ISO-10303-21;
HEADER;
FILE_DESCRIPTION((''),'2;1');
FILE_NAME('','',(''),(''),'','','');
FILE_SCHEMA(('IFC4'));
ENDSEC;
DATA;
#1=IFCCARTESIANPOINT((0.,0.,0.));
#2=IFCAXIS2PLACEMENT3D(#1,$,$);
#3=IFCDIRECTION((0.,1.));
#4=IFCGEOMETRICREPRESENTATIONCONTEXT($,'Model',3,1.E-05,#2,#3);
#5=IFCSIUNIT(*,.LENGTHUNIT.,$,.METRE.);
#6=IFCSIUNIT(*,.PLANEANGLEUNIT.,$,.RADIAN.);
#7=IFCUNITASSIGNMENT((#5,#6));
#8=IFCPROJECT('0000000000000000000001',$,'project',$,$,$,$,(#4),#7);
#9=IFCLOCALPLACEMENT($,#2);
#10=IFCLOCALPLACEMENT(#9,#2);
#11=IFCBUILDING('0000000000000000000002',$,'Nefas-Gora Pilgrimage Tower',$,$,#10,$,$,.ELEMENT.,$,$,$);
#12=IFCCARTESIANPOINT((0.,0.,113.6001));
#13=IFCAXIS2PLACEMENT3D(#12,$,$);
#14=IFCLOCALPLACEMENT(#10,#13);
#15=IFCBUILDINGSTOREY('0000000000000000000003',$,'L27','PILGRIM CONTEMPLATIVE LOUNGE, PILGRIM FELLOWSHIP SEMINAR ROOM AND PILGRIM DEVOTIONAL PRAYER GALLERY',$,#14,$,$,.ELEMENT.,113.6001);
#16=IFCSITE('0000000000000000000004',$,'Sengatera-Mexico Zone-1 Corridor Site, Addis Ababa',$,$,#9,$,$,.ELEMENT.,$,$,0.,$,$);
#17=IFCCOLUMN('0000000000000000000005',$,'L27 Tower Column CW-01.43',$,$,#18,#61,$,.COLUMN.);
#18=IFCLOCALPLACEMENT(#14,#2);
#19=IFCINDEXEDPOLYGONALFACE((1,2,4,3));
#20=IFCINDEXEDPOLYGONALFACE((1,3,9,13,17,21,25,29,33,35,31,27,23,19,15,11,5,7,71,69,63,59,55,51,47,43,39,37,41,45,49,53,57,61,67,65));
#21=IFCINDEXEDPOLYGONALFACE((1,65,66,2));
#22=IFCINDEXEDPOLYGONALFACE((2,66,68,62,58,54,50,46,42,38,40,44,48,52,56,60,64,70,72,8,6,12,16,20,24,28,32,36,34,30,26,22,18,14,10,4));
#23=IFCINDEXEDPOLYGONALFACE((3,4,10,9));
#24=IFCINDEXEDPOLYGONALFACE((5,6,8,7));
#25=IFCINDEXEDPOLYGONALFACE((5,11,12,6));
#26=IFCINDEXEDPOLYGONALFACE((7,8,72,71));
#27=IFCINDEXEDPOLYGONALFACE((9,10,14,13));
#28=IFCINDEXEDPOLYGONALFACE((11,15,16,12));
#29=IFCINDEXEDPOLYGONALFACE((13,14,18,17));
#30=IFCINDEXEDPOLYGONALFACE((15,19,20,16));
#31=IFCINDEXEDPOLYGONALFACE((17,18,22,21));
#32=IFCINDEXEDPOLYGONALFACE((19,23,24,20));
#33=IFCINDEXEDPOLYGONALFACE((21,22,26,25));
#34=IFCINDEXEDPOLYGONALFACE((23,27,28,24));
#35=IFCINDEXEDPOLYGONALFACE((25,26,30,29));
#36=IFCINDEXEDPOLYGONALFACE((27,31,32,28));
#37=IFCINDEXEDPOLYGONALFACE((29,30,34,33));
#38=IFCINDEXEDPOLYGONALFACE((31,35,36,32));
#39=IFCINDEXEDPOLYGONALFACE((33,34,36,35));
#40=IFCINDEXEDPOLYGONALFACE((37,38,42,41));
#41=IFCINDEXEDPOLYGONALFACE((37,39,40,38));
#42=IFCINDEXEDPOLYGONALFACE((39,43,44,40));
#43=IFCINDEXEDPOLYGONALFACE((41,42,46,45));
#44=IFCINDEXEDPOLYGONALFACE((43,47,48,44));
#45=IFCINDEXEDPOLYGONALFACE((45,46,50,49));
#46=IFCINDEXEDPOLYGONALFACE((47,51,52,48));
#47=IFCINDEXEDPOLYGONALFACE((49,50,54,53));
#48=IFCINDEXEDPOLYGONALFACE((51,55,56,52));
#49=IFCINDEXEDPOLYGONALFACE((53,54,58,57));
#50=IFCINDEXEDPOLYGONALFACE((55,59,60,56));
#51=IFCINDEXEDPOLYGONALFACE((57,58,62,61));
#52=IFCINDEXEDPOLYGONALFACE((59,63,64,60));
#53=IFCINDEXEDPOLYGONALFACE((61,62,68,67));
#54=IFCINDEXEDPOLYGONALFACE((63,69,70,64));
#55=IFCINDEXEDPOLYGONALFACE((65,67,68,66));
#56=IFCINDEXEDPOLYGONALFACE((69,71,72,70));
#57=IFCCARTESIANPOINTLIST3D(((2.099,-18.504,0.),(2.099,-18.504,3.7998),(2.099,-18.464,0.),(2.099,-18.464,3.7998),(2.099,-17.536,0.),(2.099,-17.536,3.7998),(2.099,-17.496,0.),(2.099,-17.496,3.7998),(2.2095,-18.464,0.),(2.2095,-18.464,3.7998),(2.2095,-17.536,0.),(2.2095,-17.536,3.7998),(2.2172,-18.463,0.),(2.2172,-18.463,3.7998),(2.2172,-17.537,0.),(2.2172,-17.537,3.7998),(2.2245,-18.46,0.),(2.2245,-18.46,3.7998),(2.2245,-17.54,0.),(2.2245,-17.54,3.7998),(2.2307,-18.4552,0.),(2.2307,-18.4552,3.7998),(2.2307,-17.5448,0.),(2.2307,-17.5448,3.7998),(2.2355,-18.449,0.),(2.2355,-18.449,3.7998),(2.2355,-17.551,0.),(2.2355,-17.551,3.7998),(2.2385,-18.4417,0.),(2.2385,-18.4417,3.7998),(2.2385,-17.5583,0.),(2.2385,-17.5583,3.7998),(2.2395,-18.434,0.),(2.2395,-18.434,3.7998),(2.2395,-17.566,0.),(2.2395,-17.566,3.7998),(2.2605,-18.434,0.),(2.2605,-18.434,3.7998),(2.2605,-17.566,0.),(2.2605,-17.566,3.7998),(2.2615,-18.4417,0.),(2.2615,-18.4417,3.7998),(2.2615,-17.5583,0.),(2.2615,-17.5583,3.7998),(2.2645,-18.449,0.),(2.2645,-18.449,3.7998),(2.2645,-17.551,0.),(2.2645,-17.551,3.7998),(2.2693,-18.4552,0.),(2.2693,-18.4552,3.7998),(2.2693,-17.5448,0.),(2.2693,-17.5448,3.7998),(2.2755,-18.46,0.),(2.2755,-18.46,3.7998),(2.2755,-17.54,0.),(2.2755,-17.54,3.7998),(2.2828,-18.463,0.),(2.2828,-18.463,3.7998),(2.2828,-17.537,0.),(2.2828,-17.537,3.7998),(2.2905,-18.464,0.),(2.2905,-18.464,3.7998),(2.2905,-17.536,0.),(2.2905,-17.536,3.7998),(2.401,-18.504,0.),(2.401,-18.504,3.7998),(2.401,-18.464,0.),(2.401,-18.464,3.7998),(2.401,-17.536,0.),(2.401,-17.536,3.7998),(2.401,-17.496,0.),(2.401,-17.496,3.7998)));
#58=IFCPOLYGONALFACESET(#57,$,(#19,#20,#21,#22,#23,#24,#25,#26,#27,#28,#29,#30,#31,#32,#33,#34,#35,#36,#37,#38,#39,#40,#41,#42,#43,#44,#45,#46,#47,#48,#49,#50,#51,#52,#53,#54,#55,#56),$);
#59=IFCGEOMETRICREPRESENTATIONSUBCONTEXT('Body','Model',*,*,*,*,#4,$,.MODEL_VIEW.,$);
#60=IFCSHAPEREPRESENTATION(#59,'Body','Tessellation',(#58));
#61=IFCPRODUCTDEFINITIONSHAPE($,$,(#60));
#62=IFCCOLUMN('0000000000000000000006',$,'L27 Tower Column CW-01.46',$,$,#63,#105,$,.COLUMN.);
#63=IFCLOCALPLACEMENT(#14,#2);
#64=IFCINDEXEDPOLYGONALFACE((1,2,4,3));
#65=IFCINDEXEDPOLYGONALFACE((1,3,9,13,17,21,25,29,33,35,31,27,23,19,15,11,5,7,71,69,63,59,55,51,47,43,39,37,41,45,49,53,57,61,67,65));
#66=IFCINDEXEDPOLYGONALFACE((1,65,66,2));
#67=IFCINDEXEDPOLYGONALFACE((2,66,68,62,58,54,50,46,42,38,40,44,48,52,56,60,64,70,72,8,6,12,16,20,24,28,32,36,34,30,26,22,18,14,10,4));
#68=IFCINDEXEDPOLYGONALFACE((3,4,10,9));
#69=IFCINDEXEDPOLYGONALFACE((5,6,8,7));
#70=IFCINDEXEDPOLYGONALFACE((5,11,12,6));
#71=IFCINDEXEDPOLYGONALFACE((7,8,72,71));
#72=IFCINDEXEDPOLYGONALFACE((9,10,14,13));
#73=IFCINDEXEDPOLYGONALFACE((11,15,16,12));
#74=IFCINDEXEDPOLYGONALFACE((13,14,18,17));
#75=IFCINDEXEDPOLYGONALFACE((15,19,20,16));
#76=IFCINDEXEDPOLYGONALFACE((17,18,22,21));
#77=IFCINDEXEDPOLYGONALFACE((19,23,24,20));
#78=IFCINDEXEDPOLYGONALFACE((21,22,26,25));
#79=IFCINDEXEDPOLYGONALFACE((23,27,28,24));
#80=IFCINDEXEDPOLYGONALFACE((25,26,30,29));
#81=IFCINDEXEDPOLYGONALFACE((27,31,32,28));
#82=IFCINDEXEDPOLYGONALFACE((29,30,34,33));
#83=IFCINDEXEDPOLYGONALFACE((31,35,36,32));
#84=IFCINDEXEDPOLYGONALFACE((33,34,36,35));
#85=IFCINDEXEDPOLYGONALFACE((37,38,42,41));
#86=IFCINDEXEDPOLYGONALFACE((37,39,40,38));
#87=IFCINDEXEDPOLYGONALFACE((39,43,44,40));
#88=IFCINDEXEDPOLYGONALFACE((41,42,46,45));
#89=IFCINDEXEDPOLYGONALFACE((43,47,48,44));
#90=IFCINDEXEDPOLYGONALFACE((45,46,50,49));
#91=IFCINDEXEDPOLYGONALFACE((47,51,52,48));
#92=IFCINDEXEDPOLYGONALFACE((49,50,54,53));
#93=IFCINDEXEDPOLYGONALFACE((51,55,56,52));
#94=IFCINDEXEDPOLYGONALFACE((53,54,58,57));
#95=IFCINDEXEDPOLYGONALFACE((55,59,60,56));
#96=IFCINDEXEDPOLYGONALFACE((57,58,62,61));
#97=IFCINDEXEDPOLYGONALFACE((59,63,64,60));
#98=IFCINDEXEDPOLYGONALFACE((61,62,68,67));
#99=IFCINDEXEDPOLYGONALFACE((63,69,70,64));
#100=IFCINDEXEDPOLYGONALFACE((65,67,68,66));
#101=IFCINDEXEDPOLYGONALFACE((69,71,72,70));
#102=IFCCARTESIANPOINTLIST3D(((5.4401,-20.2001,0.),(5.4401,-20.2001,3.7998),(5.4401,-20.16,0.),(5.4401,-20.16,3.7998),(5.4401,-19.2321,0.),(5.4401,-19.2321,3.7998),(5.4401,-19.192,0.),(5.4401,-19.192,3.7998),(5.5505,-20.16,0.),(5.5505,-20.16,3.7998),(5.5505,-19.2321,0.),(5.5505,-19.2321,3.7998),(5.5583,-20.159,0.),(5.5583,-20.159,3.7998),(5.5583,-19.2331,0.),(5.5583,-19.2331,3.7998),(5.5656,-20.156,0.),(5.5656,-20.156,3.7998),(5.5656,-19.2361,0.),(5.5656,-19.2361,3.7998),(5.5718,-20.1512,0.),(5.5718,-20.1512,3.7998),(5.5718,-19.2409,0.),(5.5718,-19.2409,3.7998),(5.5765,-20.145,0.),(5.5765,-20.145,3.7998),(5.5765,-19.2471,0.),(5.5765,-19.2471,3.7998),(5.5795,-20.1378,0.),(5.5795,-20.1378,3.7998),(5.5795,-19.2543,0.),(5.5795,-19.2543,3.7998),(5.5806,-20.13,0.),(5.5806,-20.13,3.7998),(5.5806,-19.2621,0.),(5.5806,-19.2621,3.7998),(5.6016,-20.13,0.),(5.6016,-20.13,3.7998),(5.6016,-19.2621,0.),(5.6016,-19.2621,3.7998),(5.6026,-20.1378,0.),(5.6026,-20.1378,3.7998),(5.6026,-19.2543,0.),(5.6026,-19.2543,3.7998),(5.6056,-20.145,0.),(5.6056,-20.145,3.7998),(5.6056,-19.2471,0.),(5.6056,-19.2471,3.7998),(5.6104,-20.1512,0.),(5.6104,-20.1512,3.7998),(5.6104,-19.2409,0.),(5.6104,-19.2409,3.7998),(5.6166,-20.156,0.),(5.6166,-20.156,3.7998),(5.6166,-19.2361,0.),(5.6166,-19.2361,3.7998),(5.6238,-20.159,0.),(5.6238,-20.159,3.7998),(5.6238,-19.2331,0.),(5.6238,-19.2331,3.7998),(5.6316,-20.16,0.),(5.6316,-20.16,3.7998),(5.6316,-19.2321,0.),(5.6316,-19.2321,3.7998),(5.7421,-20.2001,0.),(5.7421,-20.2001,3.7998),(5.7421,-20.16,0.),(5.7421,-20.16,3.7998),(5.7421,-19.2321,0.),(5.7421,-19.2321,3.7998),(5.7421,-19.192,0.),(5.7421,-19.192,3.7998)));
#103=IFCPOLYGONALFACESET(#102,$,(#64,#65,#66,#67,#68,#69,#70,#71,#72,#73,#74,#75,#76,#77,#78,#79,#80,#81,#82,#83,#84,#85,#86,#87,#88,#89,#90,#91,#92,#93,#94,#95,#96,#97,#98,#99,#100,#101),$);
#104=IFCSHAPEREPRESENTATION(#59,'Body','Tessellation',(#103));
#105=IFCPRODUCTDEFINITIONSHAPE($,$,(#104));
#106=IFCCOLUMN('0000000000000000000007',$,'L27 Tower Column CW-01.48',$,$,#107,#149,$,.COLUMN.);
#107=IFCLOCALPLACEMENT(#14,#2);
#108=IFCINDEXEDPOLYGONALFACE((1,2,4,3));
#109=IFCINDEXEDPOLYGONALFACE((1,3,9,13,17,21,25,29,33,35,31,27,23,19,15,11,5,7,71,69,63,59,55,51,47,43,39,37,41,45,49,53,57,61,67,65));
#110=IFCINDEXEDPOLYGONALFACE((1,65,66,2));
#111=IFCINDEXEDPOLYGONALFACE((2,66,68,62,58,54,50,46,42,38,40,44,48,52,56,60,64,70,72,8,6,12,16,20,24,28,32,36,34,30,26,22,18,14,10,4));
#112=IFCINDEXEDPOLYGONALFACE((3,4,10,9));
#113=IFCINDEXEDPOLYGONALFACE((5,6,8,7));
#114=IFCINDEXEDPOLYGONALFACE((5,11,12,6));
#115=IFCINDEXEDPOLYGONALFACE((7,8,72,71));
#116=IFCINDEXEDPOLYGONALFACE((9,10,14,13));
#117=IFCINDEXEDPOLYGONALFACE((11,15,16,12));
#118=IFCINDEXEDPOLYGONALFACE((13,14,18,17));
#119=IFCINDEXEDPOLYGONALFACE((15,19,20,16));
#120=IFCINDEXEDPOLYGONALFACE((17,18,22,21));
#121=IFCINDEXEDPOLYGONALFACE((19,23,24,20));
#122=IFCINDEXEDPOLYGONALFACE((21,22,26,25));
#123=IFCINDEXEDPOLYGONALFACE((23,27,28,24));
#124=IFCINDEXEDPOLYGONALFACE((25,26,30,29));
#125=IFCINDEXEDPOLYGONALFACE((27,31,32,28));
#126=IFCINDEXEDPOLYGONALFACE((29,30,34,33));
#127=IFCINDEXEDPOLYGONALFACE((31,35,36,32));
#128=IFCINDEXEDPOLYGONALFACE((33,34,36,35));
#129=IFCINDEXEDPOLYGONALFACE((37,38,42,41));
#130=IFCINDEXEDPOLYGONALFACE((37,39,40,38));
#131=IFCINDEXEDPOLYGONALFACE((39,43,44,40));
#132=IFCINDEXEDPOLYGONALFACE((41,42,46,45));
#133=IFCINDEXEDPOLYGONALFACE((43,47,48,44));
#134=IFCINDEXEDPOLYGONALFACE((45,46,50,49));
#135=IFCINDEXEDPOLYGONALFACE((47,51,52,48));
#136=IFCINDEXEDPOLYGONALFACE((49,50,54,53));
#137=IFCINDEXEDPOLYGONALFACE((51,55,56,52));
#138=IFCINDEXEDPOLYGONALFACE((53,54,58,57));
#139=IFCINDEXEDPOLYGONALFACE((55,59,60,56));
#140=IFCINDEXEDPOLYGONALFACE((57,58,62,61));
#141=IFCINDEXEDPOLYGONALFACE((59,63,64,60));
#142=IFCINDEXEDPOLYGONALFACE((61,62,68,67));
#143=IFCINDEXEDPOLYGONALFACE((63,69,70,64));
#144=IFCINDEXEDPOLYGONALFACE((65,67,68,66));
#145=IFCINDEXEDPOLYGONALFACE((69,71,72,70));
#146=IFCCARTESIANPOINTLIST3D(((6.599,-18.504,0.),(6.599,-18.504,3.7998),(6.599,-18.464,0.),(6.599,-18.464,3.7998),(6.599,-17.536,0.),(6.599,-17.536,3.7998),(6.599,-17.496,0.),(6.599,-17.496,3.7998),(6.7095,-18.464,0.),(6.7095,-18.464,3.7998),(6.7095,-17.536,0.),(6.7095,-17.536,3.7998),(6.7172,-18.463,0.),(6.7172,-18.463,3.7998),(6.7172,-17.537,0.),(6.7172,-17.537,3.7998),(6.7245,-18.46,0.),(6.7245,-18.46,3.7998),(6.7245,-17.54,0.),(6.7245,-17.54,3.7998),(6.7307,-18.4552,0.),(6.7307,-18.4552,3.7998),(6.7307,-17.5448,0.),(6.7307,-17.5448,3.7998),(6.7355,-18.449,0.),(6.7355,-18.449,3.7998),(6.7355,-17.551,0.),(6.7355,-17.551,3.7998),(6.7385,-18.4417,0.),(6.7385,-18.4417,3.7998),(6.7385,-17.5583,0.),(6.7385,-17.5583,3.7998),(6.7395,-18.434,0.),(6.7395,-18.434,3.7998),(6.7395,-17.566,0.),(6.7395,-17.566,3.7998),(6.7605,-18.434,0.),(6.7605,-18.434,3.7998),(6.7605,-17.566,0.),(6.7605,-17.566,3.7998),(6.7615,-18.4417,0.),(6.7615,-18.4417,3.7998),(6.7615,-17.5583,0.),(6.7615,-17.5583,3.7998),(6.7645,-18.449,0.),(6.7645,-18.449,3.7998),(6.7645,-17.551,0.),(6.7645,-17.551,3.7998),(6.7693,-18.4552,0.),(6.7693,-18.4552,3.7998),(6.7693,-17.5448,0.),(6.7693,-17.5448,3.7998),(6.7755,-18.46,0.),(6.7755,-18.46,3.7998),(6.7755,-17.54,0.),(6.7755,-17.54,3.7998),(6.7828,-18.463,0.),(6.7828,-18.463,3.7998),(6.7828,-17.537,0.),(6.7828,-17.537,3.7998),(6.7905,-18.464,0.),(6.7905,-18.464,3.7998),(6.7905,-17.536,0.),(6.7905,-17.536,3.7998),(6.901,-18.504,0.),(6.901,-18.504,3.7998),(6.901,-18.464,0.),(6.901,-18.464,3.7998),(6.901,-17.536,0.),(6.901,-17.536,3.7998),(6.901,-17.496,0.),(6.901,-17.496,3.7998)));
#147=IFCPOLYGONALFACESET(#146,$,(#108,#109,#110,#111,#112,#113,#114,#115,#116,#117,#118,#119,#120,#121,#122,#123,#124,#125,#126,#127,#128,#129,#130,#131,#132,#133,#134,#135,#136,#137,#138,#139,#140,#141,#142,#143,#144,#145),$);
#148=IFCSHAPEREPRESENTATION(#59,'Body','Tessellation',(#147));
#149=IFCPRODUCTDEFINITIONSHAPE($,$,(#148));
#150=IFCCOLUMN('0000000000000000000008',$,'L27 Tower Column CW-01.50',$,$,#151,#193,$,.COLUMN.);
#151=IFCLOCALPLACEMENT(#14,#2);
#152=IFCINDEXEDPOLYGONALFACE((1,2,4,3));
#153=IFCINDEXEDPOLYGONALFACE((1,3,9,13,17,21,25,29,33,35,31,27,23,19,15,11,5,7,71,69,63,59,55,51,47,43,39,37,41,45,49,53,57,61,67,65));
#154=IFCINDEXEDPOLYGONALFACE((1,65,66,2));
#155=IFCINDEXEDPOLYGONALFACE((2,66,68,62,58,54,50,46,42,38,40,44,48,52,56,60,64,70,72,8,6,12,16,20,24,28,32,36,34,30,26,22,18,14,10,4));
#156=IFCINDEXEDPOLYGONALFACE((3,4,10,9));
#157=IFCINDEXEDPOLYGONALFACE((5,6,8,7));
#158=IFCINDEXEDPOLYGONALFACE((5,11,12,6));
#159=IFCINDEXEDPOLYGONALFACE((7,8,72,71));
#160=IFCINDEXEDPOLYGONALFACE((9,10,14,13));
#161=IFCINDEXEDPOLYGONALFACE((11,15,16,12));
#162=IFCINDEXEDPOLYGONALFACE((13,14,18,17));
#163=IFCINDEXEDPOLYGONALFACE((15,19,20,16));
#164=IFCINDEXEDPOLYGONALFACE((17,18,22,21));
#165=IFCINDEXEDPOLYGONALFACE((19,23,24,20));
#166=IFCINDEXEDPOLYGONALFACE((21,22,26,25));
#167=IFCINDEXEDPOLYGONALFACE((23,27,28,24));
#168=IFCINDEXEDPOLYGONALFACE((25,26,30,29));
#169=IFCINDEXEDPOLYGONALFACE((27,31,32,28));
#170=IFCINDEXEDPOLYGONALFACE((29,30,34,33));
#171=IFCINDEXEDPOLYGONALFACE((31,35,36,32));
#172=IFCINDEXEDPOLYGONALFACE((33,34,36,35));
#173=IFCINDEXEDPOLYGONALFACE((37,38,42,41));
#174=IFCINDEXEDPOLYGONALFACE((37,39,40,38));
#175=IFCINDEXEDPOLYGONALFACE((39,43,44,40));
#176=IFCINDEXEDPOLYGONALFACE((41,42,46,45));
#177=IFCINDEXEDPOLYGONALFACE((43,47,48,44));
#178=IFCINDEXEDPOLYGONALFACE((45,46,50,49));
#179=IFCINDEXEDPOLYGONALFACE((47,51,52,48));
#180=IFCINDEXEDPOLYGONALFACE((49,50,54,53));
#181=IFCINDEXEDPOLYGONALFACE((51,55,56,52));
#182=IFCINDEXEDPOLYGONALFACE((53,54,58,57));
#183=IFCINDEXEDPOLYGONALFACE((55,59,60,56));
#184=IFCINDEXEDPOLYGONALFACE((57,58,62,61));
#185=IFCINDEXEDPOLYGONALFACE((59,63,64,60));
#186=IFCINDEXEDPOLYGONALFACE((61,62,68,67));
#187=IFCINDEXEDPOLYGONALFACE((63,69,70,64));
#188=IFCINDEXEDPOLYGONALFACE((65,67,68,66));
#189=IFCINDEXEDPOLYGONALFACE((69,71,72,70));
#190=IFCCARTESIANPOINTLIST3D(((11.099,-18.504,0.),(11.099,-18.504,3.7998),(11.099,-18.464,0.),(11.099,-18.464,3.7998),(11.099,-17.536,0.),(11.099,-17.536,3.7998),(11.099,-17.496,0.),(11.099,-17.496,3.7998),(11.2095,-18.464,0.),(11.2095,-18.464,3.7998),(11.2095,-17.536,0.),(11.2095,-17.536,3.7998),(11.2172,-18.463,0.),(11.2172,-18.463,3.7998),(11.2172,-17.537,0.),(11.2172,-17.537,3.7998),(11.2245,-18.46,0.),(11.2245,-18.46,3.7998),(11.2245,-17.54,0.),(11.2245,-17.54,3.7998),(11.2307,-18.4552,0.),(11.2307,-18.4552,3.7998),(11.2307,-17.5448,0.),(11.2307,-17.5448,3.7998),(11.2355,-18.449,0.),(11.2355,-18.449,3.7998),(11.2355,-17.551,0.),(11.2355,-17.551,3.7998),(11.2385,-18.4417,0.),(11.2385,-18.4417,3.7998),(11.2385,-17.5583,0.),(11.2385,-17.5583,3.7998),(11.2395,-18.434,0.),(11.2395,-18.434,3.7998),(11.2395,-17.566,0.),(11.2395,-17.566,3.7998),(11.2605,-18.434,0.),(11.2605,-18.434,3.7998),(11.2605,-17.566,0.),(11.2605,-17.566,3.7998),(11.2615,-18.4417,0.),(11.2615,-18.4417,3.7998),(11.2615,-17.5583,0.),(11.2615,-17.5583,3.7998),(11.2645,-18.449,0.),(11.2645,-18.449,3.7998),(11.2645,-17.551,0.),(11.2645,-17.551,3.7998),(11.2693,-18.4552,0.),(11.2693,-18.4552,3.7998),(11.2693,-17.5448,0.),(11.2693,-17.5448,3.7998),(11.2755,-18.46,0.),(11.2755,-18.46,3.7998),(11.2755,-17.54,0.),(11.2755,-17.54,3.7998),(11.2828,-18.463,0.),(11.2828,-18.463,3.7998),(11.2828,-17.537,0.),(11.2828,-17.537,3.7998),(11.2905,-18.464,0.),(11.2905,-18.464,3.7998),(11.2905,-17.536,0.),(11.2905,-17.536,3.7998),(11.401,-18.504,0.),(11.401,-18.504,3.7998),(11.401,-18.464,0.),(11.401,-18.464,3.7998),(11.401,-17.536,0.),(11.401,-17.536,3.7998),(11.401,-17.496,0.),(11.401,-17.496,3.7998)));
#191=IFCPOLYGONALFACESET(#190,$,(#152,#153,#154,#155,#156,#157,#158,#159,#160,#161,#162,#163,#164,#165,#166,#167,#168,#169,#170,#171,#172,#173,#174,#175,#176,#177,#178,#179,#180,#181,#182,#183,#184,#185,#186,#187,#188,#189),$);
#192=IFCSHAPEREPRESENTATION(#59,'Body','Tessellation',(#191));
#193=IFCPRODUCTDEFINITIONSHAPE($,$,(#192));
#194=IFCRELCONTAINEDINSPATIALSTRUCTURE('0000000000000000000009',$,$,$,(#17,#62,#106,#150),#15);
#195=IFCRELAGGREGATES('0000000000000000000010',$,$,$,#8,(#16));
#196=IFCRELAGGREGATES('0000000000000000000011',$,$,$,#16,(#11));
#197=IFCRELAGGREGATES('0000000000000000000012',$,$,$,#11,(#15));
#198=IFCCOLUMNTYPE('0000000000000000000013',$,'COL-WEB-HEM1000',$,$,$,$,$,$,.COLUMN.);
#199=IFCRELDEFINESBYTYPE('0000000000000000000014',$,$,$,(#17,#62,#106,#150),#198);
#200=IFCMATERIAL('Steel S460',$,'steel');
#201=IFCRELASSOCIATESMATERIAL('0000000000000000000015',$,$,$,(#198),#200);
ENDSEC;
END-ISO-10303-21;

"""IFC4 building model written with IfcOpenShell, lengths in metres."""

from ifc_helpers import new_model, si_unit, direction, frame, origin, origin_2d, place, context, subcontext, project, spatial, i_section, extrude, source, transform, mapped, material, material_profile, profile_set, type_object, element, save


model = new_model("IFC4")

# Units and contexts
model_context = context("Model", 3, precision=1e-05, world=origin(), true_north=direction((0.0, 1.0)))
body_context = subcontext(model_context, "Body", "Model", "MODEL_VIEW")
ifc_project = project(units=[si_unit("LENGTHUNIT", "METRE"), si_unit("PLANEANGLEUNIT", "RADIAN")], contexts=[model_context])

# Site, building, storey
site_placement = place(None, origin())
site = spatial("IfcSite", under=ifc_project, at=site_placement, Name="Sengatera-Mexico Zone-1 Corridor Site, Addis Ababa", CompositionType="ELEMENT", RefElevation=0.0)
building_placement = place(site_placement, origin())
building = spatial("IfcBuilding", under=site, at=building_placement, Name="Nefas-Gora Pilgrimage Tower", CompositionType="ELEMENT")
storey_placement = place(building_placement, frame((0.0, 0.0, 113.6001)))
storey = spatial("IfcBuildingStorey", under=building, at=storey_placement, Name="L27", Description="PILGRIM CONTEMPLATIVE LOUNGE, PILGRIM FELLOWSHIP SEMINAR ROOM AND PILGRIM DEVOTIONAL PRAYER GALLERY", CompositionType="ELEMENT", Elevation=113.6001)

# Columns
ifc_material_1 = material(Name="Steel S460", Category="steel")
ifc_material_profile_1 = material_profile(ifc_material_1, i_section(OverallWidth=0.302, OverallDepth=1.0081, WebThickness=0.021, FlangeThickness=0.04, FilletRadius=0.03, at=origin_2d()), Name="HEM 1000")
ifc_profile_set_1 = profile_set([ifc_material_profile_1], Name="Steel S460")
column_type_1 = type_object("IfcColumnType", Name="COL-WEB-HEM1000", PredefinedType="COLUMN", material=ifc_profile_set_1)
shared_shape_1 = source(origin(), body_context, "Body", "SweptSolid", [
    extrude(i_section(OverallWidth=0.302, OverallDepth=1.0081, WebThickness=0.021, FlangeThickness=0.04, FilletRadius=0.03, at=origin_2d()), origin(), (0.0, 0.0, 1.0), 3.7998),
])
for number, where, z_axis, x_axis, name in (
    (1, (2.25, -18.0, 0.0), (0.0, 0.0, 1.0), (1.0, 0.0, 0.0), "L27 Tower Column CW-01.43"),
    (2, (5.5911, -19.696, 0.0), (0.0, 0.0, 1.0), (1.0, 0.0, 0.0), "L27 Tower Column CW-01.46"),
    (3, (6.75, -18.0, 0.0), (0.0, 0.0, 1.0), (1.0, 0.0, 0.0), "L27 Tower Column CW-01.48"),
    (4, (11.25, -18.0, 0.0), (0.0, 0.0, 1.0), (1.0, 0.0, 0.0), "L27 Tower Column CW-01.50"),
):
    element("IfcColumn", number, at=place(storey_placement, frame(where, z_axis=z_axis, x_axis=x_axis)), inside=storey, type_object=column_type_1, Name=name, PredefinedType="COLUMN", context=body_context, shape_type="MappedRepresentation", body=[
        mapped(shared_shape_1, transform((0.0, 0.0, 0.0), x_axis=(1.0, 0.0, 0.0), y_axis=(0.0, 1.0, 0.0), z_axis=(0.0, 0.0, 1.0), scale=1.0)),
    ])

save(model, "model.ifc")
